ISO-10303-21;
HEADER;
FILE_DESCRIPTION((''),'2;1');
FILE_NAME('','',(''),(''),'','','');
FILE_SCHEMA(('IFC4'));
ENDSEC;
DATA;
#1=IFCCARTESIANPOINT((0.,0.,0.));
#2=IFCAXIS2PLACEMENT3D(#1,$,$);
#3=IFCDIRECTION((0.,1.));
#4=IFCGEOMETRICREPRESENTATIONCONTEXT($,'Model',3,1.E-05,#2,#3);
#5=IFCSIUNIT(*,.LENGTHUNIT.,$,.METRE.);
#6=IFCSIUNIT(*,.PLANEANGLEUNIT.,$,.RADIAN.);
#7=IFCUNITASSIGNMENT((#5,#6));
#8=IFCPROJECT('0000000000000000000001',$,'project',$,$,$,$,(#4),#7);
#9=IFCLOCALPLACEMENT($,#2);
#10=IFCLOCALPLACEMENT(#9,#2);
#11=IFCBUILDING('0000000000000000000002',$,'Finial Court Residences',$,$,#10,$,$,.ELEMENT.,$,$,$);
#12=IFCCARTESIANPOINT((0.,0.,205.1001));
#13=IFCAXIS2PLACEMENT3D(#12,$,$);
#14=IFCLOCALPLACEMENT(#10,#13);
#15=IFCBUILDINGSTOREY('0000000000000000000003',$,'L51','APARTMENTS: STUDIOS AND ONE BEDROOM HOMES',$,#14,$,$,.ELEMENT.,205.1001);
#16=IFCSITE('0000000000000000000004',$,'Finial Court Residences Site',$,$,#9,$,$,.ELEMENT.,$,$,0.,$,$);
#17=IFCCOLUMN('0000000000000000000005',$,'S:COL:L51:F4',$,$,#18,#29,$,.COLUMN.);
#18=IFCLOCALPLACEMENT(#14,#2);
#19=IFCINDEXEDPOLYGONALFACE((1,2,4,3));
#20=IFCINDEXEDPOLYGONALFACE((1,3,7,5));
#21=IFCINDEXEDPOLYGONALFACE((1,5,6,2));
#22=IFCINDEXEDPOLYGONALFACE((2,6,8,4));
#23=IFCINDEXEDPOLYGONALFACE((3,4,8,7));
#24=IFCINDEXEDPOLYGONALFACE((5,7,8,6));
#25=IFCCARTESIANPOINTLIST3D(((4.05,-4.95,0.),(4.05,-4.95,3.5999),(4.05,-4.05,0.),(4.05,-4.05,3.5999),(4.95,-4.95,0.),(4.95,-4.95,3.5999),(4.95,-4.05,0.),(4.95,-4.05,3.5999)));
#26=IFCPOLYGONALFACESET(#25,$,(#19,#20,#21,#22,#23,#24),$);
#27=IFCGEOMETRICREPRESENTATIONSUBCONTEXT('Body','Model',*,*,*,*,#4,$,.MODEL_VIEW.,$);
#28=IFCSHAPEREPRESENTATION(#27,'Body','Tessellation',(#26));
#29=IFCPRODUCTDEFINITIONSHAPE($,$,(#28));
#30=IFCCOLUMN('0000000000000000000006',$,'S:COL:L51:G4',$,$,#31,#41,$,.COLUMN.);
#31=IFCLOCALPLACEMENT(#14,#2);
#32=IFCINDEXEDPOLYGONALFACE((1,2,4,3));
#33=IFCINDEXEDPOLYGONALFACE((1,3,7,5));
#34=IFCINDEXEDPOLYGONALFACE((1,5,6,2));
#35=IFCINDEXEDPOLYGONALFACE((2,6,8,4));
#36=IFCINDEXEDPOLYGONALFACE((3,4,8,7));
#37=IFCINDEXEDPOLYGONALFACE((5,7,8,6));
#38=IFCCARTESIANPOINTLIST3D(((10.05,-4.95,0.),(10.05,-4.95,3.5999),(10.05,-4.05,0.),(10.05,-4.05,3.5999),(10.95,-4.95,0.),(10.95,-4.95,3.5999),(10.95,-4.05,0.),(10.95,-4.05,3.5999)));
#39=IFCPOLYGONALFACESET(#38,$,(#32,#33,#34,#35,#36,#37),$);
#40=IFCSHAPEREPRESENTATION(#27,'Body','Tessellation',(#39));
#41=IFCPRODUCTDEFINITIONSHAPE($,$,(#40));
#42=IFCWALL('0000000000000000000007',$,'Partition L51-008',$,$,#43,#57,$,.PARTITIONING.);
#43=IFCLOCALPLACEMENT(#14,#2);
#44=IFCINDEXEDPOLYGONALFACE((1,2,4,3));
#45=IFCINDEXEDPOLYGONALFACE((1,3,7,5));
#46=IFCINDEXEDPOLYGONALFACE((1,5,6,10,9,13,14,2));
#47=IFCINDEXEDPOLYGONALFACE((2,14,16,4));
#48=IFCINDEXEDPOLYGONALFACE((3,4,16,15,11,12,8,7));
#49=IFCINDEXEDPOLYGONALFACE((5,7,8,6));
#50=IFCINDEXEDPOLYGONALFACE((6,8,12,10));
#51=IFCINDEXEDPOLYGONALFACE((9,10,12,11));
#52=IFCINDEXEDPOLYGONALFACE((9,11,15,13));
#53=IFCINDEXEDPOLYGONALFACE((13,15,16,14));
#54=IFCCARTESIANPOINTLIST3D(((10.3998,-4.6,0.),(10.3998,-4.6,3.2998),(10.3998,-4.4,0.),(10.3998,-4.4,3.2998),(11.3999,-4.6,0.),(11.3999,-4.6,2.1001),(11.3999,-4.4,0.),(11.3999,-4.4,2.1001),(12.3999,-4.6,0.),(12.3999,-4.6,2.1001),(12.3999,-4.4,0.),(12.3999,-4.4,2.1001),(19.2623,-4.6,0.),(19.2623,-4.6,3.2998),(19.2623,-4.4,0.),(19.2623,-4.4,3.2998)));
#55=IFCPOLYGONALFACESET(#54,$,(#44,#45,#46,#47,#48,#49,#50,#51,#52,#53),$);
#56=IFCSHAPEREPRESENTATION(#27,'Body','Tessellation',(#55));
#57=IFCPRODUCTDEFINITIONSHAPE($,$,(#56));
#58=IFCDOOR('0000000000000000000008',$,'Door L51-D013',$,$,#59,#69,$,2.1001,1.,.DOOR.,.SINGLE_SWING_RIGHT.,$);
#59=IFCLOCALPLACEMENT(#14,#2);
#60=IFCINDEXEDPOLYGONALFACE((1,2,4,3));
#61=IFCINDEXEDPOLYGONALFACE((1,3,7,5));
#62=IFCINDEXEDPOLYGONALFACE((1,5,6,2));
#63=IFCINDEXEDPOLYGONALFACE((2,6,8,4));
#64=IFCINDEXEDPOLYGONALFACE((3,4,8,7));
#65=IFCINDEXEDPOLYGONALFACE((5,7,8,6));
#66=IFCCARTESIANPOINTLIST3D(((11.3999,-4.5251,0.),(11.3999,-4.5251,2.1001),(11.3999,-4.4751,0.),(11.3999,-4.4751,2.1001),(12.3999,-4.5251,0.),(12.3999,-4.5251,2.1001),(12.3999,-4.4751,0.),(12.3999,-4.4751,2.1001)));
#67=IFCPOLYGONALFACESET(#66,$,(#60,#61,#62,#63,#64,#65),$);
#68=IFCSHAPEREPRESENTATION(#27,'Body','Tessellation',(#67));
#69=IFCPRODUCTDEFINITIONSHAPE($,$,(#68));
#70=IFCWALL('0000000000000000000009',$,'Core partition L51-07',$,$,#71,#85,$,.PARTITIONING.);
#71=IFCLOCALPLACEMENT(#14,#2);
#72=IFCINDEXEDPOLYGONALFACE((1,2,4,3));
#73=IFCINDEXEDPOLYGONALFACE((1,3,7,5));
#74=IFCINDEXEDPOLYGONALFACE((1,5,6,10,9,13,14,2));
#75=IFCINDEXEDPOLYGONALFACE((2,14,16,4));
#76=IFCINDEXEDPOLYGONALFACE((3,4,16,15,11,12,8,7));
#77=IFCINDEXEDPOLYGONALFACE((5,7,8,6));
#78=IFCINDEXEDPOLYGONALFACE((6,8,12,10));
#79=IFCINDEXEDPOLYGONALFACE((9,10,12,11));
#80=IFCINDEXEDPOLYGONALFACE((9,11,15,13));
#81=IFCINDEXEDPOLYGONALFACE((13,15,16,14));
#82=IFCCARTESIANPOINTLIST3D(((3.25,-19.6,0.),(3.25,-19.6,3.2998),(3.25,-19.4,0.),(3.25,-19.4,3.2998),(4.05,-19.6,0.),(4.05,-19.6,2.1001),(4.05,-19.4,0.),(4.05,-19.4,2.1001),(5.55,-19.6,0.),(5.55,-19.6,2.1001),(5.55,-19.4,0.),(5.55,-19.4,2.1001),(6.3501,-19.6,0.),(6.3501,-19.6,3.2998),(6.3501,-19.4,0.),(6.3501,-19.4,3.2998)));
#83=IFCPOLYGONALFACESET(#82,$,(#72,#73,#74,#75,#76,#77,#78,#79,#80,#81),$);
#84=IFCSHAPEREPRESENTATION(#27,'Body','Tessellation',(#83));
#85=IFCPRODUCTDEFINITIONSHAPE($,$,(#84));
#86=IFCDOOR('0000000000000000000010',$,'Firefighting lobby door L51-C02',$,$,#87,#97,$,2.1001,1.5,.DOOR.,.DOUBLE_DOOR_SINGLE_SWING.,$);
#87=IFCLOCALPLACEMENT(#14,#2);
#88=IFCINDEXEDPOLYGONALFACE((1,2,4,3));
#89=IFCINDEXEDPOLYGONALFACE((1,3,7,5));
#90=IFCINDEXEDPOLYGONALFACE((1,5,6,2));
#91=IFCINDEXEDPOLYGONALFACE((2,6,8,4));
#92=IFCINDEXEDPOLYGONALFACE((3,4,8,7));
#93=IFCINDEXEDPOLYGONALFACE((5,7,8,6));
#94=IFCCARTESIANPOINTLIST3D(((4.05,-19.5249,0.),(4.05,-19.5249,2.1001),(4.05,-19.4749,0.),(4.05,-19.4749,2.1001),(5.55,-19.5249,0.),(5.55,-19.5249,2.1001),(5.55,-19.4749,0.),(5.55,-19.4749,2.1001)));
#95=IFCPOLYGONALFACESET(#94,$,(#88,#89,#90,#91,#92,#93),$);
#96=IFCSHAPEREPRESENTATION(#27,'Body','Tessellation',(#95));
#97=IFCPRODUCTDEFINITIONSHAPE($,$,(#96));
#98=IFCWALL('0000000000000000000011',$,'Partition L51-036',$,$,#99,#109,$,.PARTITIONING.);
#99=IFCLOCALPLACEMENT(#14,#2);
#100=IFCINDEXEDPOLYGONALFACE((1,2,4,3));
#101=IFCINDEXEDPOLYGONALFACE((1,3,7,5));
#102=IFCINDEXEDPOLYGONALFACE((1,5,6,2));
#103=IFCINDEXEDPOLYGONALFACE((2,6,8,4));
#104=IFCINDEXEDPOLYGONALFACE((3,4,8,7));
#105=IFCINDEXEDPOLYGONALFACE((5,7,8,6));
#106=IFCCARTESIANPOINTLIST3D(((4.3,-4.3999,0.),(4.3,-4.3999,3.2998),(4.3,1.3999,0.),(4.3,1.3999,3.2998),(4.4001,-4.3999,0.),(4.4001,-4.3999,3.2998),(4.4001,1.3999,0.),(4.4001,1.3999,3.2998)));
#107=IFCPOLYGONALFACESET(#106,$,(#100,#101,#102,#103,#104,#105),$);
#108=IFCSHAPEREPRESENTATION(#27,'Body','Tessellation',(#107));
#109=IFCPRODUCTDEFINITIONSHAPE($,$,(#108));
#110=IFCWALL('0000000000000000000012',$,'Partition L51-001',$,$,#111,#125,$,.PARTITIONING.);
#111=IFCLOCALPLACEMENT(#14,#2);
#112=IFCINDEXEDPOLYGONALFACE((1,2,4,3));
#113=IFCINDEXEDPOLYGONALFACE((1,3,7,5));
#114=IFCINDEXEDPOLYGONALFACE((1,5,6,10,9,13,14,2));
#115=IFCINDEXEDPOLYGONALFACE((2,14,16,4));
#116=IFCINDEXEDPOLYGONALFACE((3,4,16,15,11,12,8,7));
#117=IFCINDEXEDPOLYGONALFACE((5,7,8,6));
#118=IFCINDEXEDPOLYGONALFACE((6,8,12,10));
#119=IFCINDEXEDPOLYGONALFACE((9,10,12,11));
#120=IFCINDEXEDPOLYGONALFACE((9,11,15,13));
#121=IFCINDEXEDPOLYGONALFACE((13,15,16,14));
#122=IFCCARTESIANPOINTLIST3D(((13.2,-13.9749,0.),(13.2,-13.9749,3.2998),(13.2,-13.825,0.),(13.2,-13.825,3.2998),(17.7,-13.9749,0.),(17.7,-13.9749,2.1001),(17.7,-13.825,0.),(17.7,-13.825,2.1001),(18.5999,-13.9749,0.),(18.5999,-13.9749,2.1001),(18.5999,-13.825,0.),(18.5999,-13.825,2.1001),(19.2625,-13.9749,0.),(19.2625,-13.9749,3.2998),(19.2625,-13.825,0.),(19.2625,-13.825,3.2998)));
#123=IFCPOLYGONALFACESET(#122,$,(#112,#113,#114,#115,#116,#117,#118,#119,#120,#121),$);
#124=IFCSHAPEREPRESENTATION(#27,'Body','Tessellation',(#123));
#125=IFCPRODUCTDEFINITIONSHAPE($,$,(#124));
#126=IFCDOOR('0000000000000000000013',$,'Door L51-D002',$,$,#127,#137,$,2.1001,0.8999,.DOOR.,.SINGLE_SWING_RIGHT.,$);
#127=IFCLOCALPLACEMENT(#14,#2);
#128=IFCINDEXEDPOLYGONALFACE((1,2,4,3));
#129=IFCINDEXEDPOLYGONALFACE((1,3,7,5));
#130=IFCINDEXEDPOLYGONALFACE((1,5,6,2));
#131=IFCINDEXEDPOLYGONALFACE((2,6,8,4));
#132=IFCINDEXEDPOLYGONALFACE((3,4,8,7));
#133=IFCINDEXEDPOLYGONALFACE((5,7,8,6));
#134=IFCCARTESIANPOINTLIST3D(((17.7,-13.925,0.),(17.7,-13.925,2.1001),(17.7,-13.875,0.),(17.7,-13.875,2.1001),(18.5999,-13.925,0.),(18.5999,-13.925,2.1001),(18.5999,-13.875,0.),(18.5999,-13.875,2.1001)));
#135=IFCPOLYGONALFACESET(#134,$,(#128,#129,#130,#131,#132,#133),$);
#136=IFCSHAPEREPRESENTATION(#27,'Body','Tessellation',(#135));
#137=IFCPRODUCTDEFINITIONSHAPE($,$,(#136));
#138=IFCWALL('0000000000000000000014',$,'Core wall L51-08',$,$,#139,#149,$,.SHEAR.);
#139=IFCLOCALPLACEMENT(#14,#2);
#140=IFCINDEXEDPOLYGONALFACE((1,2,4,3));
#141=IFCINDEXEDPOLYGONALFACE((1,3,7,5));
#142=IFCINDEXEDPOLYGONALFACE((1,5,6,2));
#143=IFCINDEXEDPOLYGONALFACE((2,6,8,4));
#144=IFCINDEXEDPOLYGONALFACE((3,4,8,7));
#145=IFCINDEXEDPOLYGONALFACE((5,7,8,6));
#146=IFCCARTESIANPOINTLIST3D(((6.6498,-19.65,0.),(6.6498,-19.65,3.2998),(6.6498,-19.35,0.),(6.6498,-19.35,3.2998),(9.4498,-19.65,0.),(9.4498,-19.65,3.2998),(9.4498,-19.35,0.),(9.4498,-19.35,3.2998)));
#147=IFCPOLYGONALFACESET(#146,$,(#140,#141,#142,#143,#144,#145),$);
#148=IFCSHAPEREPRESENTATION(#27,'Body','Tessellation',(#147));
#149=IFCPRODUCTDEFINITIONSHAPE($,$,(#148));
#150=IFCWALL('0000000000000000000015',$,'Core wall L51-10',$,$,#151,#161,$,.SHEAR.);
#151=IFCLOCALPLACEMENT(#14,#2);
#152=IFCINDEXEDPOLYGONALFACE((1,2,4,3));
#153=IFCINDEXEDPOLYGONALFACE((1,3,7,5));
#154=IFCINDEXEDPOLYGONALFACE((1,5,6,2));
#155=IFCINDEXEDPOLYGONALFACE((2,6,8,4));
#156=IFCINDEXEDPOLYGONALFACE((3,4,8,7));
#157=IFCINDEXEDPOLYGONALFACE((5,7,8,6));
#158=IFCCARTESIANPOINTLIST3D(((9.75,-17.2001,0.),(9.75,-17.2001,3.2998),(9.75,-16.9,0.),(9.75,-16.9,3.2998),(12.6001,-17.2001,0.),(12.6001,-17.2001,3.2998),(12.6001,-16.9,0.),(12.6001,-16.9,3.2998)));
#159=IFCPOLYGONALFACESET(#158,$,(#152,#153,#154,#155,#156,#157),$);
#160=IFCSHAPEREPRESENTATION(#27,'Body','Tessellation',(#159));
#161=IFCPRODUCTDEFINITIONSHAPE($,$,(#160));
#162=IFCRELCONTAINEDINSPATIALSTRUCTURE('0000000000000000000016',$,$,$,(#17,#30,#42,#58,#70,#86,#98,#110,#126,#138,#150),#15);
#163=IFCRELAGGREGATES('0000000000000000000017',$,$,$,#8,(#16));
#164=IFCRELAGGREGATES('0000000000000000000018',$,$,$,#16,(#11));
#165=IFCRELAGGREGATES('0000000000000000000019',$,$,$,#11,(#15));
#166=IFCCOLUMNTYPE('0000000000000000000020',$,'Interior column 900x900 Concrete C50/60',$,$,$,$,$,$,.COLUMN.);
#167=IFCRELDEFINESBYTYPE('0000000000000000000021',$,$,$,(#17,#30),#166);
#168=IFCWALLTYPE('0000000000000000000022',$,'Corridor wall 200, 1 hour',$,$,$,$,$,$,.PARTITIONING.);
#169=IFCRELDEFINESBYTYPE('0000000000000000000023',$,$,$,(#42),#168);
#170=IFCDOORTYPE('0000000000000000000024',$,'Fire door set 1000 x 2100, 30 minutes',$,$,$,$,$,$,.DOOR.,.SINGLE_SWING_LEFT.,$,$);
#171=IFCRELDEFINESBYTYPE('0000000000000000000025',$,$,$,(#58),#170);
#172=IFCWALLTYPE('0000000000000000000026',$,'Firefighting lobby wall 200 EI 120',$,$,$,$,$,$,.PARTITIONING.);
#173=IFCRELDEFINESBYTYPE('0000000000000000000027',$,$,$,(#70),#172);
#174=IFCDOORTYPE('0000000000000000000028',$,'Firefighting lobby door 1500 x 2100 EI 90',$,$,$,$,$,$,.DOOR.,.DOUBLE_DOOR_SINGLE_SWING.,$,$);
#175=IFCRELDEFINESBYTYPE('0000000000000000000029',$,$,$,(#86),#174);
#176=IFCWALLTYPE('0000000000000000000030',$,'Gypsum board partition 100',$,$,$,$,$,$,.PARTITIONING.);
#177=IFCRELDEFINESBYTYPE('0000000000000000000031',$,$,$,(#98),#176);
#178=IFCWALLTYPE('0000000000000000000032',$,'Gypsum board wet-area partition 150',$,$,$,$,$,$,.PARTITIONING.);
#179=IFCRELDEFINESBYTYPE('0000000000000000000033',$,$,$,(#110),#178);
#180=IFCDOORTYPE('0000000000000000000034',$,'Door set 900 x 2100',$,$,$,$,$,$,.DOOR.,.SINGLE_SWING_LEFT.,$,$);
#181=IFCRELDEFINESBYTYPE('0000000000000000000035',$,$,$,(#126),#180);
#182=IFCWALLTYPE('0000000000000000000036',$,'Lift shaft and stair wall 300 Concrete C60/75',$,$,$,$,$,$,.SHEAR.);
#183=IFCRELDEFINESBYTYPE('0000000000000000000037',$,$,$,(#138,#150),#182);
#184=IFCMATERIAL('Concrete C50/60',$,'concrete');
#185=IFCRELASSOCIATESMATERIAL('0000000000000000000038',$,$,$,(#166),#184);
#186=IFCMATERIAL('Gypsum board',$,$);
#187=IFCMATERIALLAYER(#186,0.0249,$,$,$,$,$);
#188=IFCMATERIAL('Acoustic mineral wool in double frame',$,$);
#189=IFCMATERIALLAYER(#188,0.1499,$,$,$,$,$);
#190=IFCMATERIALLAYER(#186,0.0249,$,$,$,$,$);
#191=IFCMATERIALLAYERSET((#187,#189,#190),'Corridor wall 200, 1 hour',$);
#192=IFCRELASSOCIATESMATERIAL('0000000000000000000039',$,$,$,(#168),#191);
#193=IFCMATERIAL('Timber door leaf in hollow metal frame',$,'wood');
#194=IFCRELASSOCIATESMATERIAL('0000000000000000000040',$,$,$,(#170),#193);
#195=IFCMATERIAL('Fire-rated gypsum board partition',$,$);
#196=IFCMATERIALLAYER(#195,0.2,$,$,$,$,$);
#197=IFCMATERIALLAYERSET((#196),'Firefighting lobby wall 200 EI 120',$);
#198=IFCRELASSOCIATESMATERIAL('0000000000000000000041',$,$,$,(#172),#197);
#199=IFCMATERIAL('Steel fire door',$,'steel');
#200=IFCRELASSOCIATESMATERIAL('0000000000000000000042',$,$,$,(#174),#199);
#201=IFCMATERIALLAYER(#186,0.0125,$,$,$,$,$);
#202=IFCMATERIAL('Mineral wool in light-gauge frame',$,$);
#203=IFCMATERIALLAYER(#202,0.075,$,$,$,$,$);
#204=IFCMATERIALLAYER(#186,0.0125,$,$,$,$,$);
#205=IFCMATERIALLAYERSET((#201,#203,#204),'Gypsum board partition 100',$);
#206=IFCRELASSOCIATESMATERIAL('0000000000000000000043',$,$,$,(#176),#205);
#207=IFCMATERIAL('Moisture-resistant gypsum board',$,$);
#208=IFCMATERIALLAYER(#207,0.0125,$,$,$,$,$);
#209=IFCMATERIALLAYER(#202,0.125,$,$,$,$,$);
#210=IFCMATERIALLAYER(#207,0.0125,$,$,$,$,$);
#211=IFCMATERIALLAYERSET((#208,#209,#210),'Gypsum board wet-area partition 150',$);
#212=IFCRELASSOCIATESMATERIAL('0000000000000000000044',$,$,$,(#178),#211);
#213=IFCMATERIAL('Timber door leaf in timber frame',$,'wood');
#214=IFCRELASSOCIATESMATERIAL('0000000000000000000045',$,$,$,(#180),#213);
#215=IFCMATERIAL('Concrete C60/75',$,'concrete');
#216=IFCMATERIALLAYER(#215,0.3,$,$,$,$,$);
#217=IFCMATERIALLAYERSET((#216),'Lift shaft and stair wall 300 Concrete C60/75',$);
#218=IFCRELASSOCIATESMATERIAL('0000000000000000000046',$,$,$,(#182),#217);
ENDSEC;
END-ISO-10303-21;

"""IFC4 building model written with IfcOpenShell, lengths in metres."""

from ifc_helpers import new_model, si_unit, direction, frame, frame_2d, origin, origin_2d, place, context, subcontext, project, spatial, rectangle, extrude, material, layer, layer_set, material_profile, profile_set, type_object, element, fill, save


model = new_model("IFC4")

# Units and contexts
model_context = context("Model", 3, precision=1e-05, world=origin(), true_north=direction((0.0, 1.0)))
body_context = subcontext(model_context, "Body", "Model", "MODEL_VIEW")
ifc_project = project(units=[si_unit("LENGTHUNIT", "METRE"), si_unit("PLANEANGLEUNIT", "RADIAN")], contexts=[model_context])

# Site, building, storey
site_placement = place(None, origin())
site = spatial("IfcSite", under=ifc_project, at=site_placement, Name="Finial Court Residences Site", CompositionType="ELEMENT", RefElevation=0.0)
building_placement = place(site_placement, origin())
building = spatial("IfcBuilding", under=site, at=building_placement, Name="Finial Court Residences", CompositionType="ELEMENT")
storey_placement = place(building_placement, frame((0.0, 0.0, 205.1001)))
storey = spatial("IfcBuildingStorey", under=building, at=storey_placement, Name="L51", Description="APARTMENTS: STUDIOS AND ONE BEDROOM HOMES", CompositionType="ELEMENT", Elevation=205.1001)

# Columns
ifc_material_1 = material(Name="Concrete C50/60", Category="concrete")
ifc_material_profile = material_profile(ifc_material_1, rectangle(XDim=0.8999, YDim=0.8999, at=origin_2d()), Name="900x900")
ifc_profile_set = profile_set([ifc_material_profile], Name="Concrete C50/60")
column_type = type_object("IfcColumnType", Name="Interior column 900x900 Concrete C50/60", PredefinedType="COLUMN", material=ifc_profile_set)
for number, where, z_axis, x_axis, name in (
    (1, (4.5, -4.5, 0.0), (0.0, 0.0, 1.0), (1.0, 0.0, 0.0), "S:COL:L51:F4"),
    (2, (10.5, -4.5, 0.0), (0.0, 0.0, 1.0), (1.0, 0.0, 0.0), "S:COL:L51:G4"),
):
    element("IfcColumn", number, at=place(storey_placement, frame(where, z_axis=z_axis, x_axis=x_axis)), inside=storey, type_object=column_type, Name=name, PredefinedType="COLUMN", context=body_context, shape_type="SweptSolid", body=[
        extrude(rectangle(XDim=0.8999, YDim=0.8999, at=origin_2d()), origin(), (0.0, 0.0, 1.0), 3.5999),
    ])

# Walls, openings, doors
ifc_material_2 = material(Name="Gypsum board")
ifc_layer_1 = layer(ifc_material_2, 0.0249)
ifc_material_3 = material(Name="Acoustic mineral wool in double frame")
ifc_layer_2 = layer(ifc_material_3, 0.1499)
ifc_layer_3 = layer(ifc_material_2, 0.0249)
ifc_layer_set_1 = layer_set([ifc_layer_1, ifc_layer_2, ifc_layer_3], Name="Corridor wall 200, 1 hour")
wall_type_1 = type_object("IfcWallType", Name="Corridor wall 200, 1 hour", PredefinedType="PARTITIONING", material=ifc_layer_set_1)
wall_1_placement = place(storey_placement, frame((10.3999, -4.5, 0.0), z_axis=(0.0, 0.0, 1.0), x_axis=(1.0, 0.0, 0.0)))
wall_1 = element("IfcWall", 3, at=wall_1_placement, inside=storey, type_object=wall_type_1, Name="Partition L51-008", PredefinedType="PARTITIONING", context=body_context, shape_type="SweptSolid", body=[
    extrude(rectangle(XDim=8.8625, YDim=0.2, at=frame_2d((4.4312, 0.0))), origin(), (0.0, 0.0, 1.0), 3.2998),
])
opening_1_placement = place(wall_1_placement, frame((1.0, 0.0, 0.0)))
opening_1 = element("IfcOpeningElement", 4, at=opening_1_placement, cuts=wall_1, PredefinedType="OPENING", context=body_context, shape_type="SweptSolid", body=[
    extrude(rectangle(XDim=1.0, YDim=2.1001, at=frame_2d((0.5, 1.05))), frame((0.0, 0.1099, 0.0), z_axis=(0.0, -1.0, 0.0), x_axis=(1.0, 0.0, 0.0)), (0.0, 0.0, 1.0), 0.22),
])
ifc_material_4 = material(Name="Timber door leaf in hollow metal frame", Category="wood")
door_type_1 = type_object("IfcDoorType", Name="Fire door set 1000 x 2100, 30 minutes", OperationType="SINGLE_SWING_LEFT", PredefinedType="DOOR", material=ifc_material_4)
door_1_placement = place(opening_1_placement, origin())
door_1 = element("IfcDoor", 5, at=door_1_placement, inside=storey, type_object=door_type_1, Name="Door L51-D013", OperationType="SINGLE_SWING_RIGHT", OverallHeight=2.1001, OverallWidth=1.0, PredefinedType="DOOR", context=body_context, shape_type="SweptSolid", body=[
    extrude(rectangle(XDim=1.0, YDim=2.1001, at=frame_2d((0.5, 1.05))), frame((0.0, 0.0249, 0.0), z_axis=(0.0, -1.0, 0.0), x_axis=(1.0, 0.0, 0.0)), (0.0, 0.0, 1.0), 0.05),
])
fill(opening_1, door_1)
ifc_material_5 = material(Name="Fire-rated gypsum board partition")
ifc_layer_4 = layer(ifc_material_5, 0.2)
ifc_layer_set_2 = layer_set([ifc_layer_4], Name="Firefighting lobby wall 200 EI 120")
wall_type_2 = type_object("IfcWallType", Name="Firefighting lobby wall 200 EI 120", PredefinedType="PARTITIONING", material=ifc_layer_set_2)
wall_2_placement = place(storey_placement, frame((6.3501, -19.5, 0.0), z_axis=(0.0, 0.0, 1.0), x_axis=(-1.0, 0.0, 0.0)))
wall_2 = element("IfcWall", 6, at=wall_2_placement, inside=storey, type_object=wall_type_2, Name="Core partition L51-07", PredefinedType="PARTITIONING", context=body_context, shape_type="SweptSolid", body=[
    extrude(rectangle(XDim=3.1001, YDim=0.2, at=frame_2d((1.55, 0.0))), origin(), (0.0, 0.0, 1.0), 3.2998),
])
opening_2_placement = place(wall_2_placement, frame((0.8, 0.0, 0.0)))
opening_2 = element("IfcOpeningElement", 7, at=opening_2_placement, cuts=wall_2, PredefinedType="OPENING", context=body_context, shape_type="SweptSolid", body=[
    extrude(rectangle(XDim=1.5, YDim=2.1001, at=frame_2d((0.75, 1.05))), frame((0.0, 0.1099, 0.0), z_axis=(0.0, -1.0, 0.0), x_axis=(1.0, 0.0, 0.0)), (0.0, 0.0, 1.0), 0.22),
])
ifc_material_6 = material(Name="Steel fire door", Category="steel")
door_type_2 = type_object("IfcDoorType", Name="Firefighting lobby door 1500 x 2100 EI 90", OperationType="DOUBLE_DOOR_SINGLE_SWING", PredefinedType="DOOR", material=ifc_material_6)
door_2_placement = place(opening_2_placement, origin())
door_2 = element("IfcDoor", 8, at=door_2_placement, inside=storey, type_object=door_type_2, Name="Firefighting lobby door L51-C02", OperationType="DOUBLE_DOOR_SINGLE_SWING", OverallHeight=2.1001, OverallWidth=1.5, PredefinedType="DOOR", context=body_context, shape_type="SweptSolid", body=[
    extrude(rectangle(XDim=1.5, YDim=2.1001, at=frame_2d((0.75, 1.05))), frame((0.0, 0.0249, 0.0), z_axis=(0.0, -1.0, 0.0), x_axis=(1.0, 0.0, 0.0)), (0.0, 0.0, 1.0), 0.05),
])
fill(opening_2, door_2)

# Wall
ifc_layer_5 = layer(ifc_material_2, 0.0125)
ifc_material_7 = material(Name="Mineral wool in light-gauge frame")
ifc_layer_6 = layer(ifc_material_7, 0.075)
ifc_layer_7 = layer(ifc_material_2, 0.0125)
ifc_layer_set_3 = layer_set([ifc_layer_5, ifc_layer_6, ifc_layer_7], Name="Gypsum board partition 100")
wall_type_3 = type_object("IfcWallType", Name="Gypsum board partition 100", PredefinedType="PARTITIONING", material=ifc_layer_set_3)
wall_3_placement = place(storey_placement, frame((4.3501, -4.3999, 0.0), z_axis=(0.0, 0.0, 1.0), x_axis=(0.0, 1.0, 0.0)))
element("IfcWall", 9, at=wall_3_placement, inside=storey, type_object=wall_type_3, Name="Partition L51-036", PredefinedType="PARTITIONING", context=body_context, shape_type="SweptSolid", body=[
    extrude(rectangle(XDim=5.7998, YDim=0.1001, at=frame_2d((2.8999, 0.0))), origin(), (0.0, 0.0, 1.0), 3.2998),
])

# Wall, opening, door
ifc_material_8 = material(Name="Moisture-resistant gypsum board")
ifc_layer_8 = layer(ifc_material_8, 0.0125)
ifc_layer_9 = layer(ifc_material_7, 0.125)
ifc_layer_10 = layer(ifc_material_8, 0.0125)
ifc_layer_set_4 = layer_set([ifc_layer_8, ifc_layer_9, ifc_layer_10], Name="Gypsum board wet-area partition 150")
wall_type_4 = type_object("IfcWallType", Name="Gypsum board wet-area partition 150", PredefinedType="PARTITIONING", material=ifc_layer_set_4)
wall_4_placement = place(storey_placement, frame((13.2, -13.8999, 0.0), z_axis=(0.0, 0.0, 1.0), x_axis=(1.0, 0.0, 0.0)))
wall_4 = element("IfcWall", 10, at=wall_4_placement, inside=storey, type_object=wall_type_4, Name="Partition L51-001", PredefinedType="PARTITIONING", context=body_context, shape_type="SweptSolid", body=[
    extrude(rectangle(XDim=6.0625, YDim=0.1499, at=frame_2d((3.0312, 0.0))), origin(), (0.0, 0.0, 1.0), 3.2998),
])
opening_3_placement = place(wall_4_placement, frame((4.5, 0.0, 0.0)))
opening_3 = element("IfcOpeningElement", 11, at=opening_3_placement, cuts=wall_4, PredefinedType="OPENING", context=body_context, shape_type="SweptSolid", body=[
    extrude(rectangle(XDim=0.8999, YDim=2.1001, at=frame_2d((0.45, 1.05))), frame((0.0, 0.085, 0.0), z_axis=(0.0, -1.0, 0.0), x_axis=(1.0, 0.0, 0.0)), (0.0, 0.0, 1.0), 0.1699),
])
ifc_material_9 = material(Name="Timber door leaf in timber frame", Category="wood")
door_type_3 = type_object("IfcDoorType", Name="Door set 900 x 2100", OperationType="SINGLE_SWING_LEFT", PredefinedType="DOOR", material=ifc_material_9)
door_3_placement = place(opening_3_placement, origin())
door_3 = element("IfcDoor", 12, at=door_3_placement, inside=storey, type_object=door_type_3, Name="Door L51-D002", OperationType="SINGLE_SWING_RIGHT", OverallHeight=2.1001, OverallWidth=0.8999, PredefinedType="DOOR", context=body_context, shape_type="SweptSolid", body=[
    extrude(rectangle(XDim=0.8999, YDim=2.1001, at=frame_2d((0.45, 1.05))), frame((0.0, 0.0249, 0.0), z_axis=(0.0, -1.0, 0.0), x_axis=(1.0, 0.0, 0.0)), (0.0, 0.0, 1.0), 0.05),
])
fill(opening_3, door_3)

# Walls
ifc_material_10 = material(Name="Concrete C60/75", Category="concrete")
ifc_layer_11 = layer(ifc_material_10, 0.3)
ifc_layer_set_5 = layer_set([ifc_layer_11], Name="Lift shaft and stair wall 300 Concrete C60/75")
wall_type_5 = type_object("IfcWallType", Name="Lift shaft and stair wall 300 Concrete C60/75", PredefinedType="SHEAR", material=ifc_layer_set_5)
wall_5_placement = place(storey_placement, frame((6.6499, -19.5, 0.0), z_axis=(0.0, 0.0, 1.0), x_axis=(1.0, 0.0, 0.0)))
element("IfcWall", 13, at=wall_5_placement, inside=storey, type_object=wall_type_5, Name="Core wall L51-08", PredefinedType="SHEAR", context=body_context, shape_type="SweptSolid", body=[
    extrude(rectangle(XDim=2.8, YDim=0.3, at=frame_2d((1.3999, 0.0))), origin(), (0.0, 0.0, 1.0), 3.2998),
])
wall_6_placement = place(storey_placement, frame((9.75, -17.05, 0.0), z_axis=(0.0, 0.0, 1.0), x_axis=(1.0, 0.0, 0.0)))
element("IfcWall", 14, at=wall_6_placement, inside=storey, type_object=wall_type_5, Name="Core wall L51-10", PredefinedType="SHEAR", context=body_context, shape_type="SweptSolid", body=[
    extrude(rectangle(XDim=2.8501, YDim=0.3, at=frame_2d((1.425, 0.0))), origin(), (0.0, 0.0, 1.0), 3.2998),
])

save(model, "model.ifc")
